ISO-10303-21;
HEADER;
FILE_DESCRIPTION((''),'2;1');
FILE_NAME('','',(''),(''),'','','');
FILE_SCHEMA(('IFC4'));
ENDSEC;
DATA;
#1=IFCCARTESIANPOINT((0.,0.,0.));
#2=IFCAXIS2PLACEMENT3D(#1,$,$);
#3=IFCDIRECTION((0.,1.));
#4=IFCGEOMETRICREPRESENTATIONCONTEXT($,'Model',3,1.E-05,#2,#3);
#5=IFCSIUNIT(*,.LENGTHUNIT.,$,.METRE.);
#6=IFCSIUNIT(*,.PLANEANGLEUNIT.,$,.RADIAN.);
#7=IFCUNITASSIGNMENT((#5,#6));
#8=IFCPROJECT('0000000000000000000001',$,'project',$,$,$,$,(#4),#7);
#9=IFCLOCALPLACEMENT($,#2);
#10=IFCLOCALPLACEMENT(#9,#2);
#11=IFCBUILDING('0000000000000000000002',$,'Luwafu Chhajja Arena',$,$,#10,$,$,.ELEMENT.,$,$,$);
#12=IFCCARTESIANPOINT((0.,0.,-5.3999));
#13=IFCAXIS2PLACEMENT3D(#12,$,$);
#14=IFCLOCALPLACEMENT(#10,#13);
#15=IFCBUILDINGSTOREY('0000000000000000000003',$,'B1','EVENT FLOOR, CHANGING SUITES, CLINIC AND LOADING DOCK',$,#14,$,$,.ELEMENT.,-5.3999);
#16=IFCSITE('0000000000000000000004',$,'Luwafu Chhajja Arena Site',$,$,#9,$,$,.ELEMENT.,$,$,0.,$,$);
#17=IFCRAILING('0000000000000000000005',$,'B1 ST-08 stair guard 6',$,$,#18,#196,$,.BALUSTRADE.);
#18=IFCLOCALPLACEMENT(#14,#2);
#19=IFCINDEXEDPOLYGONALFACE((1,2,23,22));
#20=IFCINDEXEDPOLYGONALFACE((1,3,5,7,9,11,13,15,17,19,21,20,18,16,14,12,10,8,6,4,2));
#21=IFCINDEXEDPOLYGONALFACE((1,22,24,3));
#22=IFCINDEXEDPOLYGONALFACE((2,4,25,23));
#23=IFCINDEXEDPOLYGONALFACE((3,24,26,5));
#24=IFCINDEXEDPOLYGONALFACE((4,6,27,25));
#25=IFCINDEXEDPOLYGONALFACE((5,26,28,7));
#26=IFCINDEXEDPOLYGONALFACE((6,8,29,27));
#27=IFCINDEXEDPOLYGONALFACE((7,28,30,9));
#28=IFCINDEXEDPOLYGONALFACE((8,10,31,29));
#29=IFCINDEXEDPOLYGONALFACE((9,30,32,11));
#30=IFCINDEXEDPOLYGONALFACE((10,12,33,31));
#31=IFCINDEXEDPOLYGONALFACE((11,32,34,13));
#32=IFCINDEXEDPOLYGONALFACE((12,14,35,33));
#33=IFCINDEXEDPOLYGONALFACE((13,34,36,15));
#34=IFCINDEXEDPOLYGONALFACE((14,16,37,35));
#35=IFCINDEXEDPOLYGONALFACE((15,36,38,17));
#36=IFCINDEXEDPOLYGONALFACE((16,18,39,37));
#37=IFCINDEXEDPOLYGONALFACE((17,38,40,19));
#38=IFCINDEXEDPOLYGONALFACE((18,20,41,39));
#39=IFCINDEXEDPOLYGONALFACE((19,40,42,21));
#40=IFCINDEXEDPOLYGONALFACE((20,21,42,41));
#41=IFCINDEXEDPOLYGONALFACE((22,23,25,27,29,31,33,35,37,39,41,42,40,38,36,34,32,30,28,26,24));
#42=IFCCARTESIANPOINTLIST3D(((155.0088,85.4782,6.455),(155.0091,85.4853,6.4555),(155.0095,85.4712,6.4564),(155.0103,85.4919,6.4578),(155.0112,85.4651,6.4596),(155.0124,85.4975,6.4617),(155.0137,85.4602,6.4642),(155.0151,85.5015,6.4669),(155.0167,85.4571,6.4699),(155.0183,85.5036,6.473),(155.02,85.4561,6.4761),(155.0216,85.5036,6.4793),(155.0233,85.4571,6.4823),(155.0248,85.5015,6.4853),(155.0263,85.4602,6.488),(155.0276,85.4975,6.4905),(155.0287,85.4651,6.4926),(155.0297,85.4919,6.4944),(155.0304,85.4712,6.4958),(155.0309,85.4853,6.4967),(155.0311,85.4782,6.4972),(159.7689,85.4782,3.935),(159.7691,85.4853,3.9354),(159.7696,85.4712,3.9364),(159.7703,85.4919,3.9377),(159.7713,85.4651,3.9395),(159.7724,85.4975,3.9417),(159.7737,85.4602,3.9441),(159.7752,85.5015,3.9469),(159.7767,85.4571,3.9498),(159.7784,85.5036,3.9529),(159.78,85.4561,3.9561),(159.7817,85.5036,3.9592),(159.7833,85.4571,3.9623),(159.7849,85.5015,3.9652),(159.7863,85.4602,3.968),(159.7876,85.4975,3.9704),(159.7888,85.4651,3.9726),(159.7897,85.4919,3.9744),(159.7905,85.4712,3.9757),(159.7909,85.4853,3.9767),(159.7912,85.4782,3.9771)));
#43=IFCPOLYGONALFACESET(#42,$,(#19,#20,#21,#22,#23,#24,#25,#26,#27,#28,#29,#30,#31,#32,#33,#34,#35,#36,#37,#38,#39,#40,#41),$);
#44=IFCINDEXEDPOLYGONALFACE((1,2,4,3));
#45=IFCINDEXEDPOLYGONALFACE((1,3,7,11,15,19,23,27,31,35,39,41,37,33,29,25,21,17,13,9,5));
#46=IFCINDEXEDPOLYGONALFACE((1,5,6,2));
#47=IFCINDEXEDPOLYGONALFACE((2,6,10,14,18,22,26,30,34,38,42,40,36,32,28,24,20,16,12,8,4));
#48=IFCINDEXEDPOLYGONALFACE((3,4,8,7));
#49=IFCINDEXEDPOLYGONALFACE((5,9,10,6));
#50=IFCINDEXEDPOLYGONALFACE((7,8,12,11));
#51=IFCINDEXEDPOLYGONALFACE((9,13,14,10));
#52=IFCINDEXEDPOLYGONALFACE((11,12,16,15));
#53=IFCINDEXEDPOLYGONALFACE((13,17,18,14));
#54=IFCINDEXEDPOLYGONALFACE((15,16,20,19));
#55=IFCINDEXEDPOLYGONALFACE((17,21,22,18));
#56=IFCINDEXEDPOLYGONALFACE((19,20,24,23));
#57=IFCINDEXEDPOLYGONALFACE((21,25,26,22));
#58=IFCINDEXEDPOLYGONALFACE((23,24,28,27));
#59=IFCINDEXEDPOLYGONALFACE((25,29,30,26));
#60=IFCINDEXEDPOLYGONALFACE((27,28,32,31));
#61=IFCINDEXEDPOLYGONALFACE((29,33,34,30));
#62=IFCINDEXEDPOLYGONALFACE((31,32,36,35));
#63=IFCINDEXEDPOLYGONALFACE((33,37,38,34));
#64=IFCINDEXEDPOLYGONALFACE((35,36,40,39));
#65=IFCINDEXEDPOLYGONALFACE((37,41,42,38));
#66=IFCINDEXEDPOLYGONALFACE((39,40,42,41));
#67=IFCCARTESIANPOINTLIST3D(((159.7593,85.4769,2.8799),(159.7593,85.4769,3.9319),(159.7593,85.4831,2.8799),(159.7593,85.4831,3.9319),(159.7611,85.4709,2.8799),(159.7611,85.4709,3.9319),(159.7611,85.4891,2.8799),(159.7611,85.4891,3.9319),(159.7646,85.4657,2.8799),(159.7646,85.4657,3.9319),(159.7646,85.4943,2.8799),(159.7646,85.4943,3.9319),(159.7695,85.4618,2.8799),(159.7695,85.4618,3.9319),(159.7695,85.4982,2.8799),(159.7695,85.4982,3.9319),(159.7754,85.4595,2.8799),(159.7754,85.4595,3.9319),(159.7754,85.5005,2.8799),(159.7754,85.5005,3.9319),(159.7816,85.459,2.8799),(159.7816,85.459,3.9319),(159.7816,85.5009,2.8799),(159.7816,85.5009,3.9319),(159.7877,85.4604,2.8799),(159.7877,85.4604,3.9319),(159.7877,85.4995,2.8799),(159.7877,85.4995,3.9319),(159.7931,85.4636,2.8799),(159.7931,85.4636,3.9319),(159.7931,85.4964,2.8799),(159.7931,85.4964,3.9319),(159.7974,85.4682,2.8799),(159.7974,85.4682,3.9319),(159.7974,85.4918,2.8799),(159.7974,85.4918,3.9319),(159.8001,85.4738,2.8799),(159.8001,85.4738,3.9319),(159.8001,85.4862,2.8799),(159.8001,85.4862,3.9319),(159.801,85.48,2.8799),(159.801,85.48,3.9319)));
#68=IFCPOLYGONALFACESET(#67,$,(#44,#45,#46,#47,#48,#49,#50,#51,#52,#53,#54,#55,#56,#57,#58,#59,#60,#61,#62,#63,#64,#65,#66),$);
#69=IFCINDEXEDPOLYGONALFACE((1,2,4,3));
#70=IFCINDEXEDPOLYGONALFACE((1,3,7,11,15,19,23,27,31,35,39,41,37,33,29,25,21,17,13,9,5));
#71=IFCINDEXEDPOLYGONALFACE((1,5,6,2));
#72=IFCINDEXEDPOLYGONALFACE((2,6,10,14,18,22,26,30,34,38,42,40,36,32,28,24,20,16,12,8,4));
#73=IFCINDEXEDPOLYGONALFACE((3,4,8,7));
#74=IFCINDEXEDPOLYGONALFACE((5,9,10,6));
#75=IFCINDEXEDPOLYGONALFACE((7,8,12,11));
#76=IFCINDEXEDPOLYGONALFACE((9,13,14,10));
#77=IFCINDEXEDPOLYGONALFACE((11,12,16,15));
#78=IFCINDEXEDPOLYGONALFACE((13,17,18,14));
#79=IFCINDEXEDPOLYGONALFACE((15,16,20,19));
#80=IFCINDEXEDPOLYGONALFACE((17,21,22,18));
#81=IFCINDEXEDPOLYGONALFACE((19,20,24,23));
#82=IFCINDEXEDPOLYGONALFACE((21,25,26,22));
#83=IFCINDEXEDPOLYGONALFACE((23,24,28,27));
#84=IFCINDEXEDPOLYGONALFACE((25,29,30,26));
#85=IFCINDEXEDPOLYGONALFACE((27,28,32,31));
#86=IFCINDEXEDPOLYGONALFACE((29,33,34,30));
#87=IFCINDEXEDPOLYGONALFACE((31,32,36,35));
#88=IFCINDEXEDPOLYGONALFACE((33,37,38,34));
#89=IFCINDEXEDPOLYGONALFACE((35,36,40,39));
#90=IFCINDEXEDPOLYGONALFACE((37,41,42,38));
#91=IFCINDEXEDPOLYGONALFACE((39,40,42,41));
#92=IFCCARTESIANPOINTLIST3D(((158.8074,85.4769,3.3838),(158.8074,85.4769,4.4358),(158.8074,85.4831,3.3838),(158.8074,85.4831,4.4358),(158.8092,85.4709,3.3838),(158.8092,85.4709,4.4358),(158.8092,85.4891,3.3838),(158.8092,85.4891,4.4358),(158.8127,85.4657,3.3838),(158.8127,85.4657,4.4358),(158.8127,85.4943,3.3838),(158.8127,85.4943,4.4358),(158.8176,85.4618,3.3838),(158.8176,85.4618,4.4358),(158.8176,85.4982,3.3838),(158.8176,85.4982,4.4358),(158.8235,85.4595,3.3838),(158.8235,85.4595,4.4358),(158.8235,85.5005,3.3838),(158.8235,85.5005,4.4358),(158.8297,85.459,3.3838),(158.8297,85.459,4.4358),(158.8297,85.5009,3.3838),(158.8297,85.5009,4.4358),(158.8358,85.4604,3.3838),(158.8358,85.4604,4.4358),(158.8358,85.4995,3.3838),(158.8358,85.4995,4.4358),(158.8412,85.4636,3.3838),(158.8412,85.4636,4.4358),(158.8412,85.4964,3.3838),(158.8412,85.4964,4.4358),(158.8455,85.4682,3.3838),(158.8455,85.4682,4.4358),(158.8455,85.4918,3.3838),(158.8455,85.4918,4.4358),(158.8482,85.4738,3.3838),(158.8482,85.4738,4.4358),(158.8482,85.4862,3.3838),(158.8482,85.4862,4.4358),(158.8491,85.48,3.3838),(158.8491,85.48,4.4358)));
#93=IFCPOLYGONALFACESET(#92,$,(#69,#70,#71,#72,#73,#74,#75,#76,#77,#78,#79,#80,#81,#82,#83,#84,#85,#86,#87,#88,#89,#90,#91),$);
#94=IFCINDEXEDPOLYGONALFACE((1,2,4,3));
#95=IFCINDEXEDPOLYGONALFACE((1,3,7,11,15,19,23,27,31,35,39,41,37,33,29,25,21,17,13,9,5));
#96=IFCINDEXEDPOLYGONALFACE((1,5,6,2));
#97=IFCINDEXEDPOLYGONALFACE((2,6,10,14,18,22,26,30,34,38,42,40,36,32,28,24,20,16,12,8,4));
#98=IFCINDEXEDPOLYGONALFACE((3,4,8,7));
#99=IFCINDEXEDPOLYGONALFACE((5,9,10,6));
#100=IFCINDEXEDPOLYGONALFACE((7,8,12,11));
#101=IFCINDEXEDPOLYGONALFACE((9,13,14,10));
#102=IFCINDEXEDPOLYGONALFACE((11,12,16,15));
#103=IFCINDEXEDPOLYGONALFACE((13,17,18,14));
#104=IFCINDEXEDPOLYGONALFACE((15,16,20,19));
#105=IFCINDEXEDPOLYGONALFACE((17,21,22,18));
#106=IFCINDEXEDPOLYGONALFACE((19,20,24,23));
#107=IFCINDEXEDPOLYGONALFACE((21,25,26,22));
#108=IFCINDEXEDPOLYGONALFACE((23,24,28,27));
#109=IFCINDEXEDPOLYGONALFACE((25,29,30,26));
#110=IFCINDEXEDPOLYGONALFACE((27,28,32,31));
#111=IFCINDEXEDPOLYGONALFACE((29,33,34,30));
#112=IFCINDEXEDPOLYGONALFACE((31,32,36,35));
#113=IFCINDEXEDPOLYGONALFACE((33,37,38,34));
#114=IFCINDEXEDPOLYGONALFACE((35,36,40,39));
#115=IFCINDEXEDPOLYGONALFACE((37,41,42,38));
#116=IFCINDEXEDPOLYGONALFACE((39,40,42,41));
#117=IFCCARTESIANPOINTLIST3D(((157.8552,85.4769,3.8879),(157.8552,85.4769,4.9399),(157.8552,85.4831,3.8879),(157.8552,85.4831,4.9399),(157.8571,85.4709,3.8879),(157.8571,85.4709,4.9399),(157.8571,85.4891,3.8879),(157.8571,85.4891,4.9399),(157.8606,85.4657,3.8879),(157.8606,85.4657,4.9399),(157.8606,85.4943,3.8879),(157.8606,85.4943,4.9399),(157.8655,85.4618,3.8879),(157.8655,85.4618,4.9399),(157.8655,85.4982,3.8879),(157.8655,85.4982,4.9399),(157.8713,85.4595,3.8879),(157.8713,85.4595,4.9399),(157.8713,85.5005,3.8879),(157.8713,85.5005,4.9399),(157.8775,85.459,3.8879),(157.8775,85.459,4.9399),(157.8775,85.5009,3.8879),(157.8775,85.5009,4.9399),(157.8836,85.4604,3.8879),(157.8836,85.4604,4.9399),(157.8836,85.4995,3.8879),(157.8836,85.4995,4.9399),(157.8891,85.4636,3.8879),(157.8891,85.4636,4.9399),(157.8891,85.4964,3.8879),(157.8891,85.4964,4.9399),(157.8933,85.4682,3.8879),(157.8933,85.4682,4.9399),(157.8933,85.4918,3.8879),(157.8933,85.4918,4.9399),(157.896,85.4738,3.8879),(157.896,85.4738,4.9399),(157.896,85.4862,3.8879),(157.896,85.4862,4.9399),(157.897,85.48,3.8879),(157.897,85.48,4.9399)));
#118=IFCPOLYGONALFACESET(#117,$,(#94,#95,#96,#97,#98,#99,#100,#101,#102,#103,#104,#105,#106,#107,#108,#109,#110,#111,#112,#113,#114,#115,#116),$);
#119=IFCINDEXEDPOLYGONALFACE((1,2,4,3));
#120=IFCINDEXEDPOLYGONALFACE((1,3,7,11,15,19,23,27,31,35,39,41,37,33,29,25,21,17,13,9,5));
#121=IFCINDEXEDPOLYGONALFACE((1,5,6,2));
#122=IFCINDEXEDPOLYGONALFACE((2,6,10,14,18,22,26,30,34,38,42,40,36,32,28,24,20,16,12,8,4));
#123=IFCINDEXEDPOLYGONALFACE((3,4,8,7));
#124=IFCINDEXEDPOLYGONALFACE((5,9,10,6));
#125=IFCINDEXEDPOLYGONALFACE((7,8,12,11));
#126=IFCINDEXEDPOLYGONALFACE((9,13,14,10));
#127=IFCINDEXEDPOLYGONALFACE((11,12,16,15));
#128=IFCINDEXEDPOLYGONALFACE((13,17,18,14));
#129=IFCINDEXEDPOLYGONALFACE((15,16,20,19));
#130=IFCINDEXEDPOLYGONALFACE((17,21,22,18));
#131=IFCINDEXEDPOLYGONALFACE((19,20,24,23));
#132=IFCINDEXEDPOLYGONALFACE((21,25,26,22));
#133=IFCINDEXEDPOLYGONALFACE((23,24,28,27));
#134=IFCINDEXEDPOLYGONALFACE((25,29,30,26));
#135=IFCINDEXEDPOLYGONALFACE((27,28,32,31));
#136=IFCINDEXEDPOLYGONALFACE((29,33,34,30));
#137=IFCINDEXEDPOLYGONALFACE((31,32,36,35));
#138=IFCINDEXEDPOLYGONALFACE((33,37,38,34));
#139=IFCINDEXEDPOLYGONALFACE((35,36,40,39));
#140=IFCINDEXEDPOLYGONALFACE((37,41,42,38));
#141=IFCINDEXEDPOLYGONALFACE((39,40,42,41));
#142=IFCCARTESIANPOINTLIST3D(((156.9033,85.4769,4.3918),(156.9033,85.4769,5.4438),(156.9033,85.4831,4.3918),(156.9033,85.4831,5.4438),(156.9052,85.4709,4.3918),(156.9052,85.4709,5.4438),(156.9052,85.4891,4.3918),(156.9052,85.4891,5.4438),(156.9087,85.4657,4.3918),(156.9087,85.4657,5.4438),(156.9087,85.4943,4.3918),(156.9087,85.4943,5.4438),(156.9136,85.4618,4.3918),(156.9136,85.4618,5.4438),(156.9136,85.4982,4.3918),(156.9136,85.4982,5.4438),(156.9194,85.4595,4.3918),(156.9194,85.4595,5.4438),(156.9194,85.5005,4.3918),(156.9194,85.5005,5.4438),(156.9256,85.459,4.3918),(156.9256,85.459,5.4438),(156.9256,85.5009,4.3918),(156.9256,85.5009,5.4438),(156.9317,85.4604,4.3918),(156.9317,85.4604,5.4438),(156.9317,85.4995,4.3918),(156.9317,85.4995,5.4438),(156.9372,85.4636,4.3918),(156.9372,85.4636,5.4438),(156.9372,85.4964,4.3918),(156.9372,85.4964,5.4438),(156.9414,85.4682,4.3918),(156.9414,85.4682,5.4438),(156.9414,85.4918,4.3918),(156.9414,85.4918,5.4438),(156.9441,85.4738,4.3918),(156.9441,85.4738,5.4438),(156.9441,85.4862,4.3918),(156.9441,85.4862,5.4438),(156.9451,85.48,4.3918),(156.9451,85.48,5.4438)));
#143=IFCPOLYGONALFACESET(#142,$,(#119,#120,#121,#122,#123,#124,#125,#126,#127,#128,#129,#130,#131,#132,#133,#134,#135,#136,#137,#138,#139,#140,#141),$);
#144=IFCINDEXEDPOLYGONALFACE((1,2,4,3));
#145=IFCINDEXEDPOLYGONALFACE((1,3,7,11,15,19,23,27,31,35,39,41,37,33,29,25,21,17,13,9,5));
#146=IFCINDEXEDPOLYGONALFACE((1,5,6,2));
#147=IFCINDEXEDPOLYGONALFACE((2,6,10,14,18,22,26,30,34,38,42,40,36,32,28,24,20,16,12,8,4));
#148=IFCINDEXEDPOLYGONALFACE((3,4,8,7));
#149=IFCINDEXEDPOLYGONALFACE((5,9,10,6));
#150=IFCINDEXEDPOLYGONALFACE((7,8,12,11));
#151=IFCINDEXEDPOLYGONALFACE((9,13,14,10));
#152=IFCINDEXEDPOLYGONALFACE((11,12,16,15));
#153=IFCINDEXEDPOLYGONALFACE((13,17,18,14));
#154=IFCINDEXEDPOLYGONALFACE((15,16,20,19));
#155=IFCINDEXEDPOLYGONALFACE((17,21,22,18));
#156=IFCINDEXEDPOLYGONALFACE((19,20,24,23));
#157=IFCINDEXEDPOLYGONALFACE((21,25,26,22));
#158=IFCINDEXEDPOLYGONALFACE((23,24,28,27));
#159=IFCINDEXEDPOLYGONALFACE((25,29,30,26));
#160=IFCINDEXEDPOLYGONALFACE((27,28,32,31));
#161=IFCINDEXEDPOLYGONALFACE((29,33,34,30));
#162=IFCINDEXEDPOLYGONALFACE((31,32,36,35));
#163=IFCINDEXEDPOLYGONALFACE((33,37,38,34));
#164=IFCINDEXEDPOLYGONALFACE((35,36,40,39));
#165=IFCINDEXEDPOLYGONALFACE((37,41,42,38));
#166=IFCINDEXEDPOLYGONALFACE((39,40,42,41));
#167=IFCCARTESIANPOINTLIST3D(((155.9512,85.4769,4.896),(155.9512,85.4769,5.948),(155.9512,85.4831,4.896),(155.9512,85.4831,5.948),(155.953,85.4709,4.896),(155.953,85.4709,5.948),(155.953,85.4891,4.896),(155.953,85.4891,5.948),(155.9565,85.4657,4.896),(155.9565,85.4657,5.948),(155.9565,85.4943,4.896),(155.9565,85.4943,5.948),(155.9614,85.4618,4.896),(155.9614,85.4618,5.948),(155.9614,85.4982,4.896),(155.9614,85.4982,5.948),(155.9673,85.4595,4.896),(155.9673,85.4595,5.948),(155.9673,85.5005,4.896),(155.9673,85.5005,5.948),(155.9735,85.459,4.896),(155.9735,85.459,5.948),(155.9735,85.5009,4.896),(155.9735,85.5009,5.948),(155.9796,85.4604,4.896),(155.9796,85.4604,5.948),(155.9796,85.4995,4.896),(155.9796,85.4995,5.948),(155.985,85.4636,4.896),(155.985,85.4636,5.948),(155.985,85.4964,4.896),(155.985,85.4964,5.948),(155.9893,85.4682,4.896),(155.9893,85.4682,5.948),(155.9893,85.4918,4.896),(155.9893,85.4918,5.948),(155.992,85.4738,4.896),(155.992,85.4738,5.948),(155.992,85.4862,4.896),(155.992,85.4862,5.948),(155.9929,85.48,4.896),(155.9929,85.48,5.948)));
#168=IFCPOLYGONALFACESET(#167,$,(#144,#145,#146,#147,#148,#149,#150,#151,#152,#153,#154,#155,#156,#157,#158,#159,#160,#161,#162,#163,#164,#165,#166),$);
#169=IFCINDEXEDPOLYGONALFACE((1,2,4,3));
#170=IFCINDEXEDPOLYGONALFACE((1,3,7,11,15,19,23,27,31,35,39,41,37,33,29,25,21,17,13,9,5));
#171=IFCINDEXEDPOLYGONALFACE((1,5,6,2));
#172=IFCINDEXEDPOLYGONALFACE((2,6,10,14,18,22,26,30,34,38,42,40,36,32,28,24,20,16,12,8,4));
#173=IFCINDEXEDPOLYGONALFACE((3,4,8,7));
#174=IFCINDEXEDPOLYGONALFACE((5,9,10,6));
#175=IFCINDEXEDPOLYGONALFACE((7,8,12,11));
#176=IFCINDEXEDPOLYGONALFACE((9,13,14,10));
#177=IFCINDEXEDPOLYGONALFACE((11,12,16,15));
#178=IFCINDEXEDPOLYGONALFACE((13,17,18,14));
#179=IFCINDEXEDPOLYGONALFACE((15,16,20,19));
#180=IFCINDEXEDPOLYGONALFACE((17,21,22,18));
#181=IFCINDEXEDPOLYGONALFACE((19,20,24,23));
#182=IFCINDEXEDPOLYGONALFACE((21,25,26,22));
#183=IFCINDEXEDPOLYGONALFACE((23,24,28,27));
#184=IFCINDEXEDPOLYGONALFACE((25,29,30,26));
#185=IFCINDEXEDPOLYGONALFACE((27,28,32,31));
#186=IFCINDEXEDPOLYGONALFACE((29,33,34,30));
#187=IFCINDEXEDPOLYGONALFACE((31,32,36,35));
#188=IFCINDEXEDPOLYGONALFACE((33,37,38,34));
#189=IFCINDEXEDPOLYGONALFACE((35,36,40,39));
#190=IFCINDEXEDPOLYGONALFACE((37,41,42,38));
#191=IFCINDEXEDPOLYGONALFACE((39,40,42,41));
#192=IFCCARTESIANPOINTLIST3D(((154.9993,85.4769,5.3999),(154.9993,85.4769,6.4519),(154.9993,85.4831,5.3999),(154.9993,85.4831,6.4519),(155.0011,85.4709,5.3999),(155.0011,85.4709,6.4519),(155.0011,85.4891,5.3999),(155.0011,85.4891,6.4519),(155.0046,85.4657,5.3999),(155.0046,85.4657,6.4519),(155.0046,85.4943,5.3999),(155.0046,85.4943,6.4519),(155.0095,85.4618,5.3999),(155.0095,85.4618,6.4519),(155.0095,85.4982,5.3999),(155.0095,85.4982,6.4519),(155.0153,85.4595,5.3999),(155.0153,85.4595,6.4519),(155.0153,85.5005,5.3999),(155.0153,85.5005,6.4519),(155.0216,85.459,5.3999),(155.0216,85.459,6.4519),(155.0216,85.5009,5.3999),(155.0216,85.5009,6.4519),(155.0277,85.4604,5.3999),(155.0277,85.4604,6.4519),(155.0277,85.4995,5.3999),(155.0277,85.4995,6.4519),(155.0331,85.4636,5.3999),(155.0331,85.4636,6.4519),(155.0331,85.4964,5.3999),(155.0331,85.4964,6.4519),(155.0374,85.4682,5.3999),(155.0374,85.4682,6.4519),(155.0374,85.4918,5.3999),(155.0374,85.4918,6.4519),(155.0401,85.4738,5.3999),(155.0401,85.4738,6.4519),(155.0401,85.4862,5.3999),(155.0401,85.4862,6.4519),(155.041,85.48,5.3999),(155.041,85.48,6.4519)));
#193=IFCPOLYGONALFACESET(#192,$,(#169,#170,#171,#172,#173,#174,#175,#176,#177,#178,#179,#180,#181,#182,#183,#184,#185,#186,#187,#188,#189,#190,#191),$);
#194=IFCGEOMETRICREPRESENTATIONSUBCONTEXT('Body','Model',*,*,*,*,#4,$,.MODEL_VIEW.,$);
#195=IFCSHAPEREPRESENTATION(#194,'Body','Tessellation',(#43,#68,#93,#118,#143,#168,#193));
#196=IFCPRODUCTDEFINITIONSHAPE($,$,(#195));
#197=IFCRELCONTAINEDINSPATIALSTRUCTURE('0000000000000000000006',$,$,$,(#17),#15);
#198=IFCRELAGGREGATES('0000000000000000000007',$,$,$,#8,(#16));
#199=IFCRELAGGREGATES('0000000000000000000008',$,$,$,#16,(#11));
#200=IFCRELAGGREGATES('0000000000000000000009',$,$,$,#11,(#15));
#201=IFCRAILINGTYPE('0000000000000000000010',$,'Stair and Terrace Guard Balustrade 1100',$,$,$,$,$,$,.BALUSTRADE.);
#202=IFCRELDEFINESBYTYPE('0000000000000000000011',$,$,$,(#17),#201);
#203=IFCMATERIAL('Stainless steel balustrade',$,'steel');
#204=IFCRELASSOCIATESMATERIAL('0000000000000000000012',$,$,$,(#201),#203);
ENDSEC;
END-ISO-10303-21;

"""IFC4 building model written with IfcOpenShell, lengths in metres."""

from ifc_helpers import new_model, si_unit, direction, frame, origin, origin_2d, place, context, subcontext, project, spatial, circle, extrude, material, type_object, element, save


model = new_model("IFC4")

# Units and contexts
model_context = context("Model", 3, precision=1e-05, world=origin(), true_north=direction((0.0, 1.0)))
body_context = subcontext(model_context, "Body", "Model", "MODEL_VIEW")
ifc_project = project(units=[si_unit("LENGTHUNIT", "METRE"), si_unit("PLANEANGLEUNIT", "RADIAN")], contexts=[model_context])

# Site, building, storey
site_placement = place(None, origin())
site = spatial("IfcSite", under=ifc_project, at=site_placement, Name="Luwafu Chhajja Arena Site", CompositionType="ELEMENT", RefElevation=0.0)
building_placement = place(site_placement, origin())
building = spatial("IfcBuilding", under=site, at=building_placement, Name="Luwafu Chhajja Arena", CompositionType="ELEMENT")
storey_placement = place(building_placement, frame((0.0, 0.0, -5.3999)))
storey = spatial("IfcBuildingStorey", under=building, at=storey_placement, Name="B1", Description="EVENT FLOOR, CHANGING SUITES, CLINIC AND LOADING DOCK", CompositionType="ELEMENT", Elevation=-5.3999)

# Railing
ifc_material_1 = material(Name="Stainless steel balustrade", Category="steel")
railing_type_1 = type_object("IfcRailingType", Name="Stair and Terrace Guard Balustrade 1100", PredefinedType="BALUSTRADE", material=ifc_material_1)
railing_1_placement = place(storey_placement, frame((159.78, 85.48, 2.8799)))
element("IfcRailing", 1, at=railing_1_placement, inside=storey, type_object=railing_type_1, Name="B1 ST-08 stair guard 6", PredefinedType="BALUSTRADE", context=body_context, shape_type="SweptSolid", body=[
    extrude(circle(Radius=0.0239, at=origin_2d()), frame((0.0, 0.0, 1.0762), z_axis=(-0.883787, 0.0, 0.46789), x_axis=(0.0, -1.0, 0.0)), (0.0, 0.0, 1.0), 5.386),
    extrude(circle(Radius=0.021, at=origin_2d()), origin(), (0.0, 0.0, 1.0), 1.052),
    extrude(circle(Radius=0.021, at=origin_2d()), frame((-0.9519, 0.0, 0.5039)), (0.0, 0.0, 1.0), 1.052),
    extrude(circle(Radius=0.021, at=origin_2d()), frame((-1.9041, 0.0, 1.0081)), (0.0, 0.0, 1.0), 1.052),
    extrude(circle(Radius=0.021, at=origin_2d()), frame((-2.856, 0.0, 1.512)), (0.0, 0.0, 1.0), 1.052),
    extrude(circle(Radius=0.021, at=origin_2d()), frame((-3.8081, 0.0, 2.0161)), (0.0, 0.0, 1.0), 1.052),
    extrude(circle(Radius=0.021, at=origin_2d()), frame((-4.76, 0.0, 2.52)), (0.0, 0.0, 1.0), 1.052),
])

save(model, "model.ifc")
